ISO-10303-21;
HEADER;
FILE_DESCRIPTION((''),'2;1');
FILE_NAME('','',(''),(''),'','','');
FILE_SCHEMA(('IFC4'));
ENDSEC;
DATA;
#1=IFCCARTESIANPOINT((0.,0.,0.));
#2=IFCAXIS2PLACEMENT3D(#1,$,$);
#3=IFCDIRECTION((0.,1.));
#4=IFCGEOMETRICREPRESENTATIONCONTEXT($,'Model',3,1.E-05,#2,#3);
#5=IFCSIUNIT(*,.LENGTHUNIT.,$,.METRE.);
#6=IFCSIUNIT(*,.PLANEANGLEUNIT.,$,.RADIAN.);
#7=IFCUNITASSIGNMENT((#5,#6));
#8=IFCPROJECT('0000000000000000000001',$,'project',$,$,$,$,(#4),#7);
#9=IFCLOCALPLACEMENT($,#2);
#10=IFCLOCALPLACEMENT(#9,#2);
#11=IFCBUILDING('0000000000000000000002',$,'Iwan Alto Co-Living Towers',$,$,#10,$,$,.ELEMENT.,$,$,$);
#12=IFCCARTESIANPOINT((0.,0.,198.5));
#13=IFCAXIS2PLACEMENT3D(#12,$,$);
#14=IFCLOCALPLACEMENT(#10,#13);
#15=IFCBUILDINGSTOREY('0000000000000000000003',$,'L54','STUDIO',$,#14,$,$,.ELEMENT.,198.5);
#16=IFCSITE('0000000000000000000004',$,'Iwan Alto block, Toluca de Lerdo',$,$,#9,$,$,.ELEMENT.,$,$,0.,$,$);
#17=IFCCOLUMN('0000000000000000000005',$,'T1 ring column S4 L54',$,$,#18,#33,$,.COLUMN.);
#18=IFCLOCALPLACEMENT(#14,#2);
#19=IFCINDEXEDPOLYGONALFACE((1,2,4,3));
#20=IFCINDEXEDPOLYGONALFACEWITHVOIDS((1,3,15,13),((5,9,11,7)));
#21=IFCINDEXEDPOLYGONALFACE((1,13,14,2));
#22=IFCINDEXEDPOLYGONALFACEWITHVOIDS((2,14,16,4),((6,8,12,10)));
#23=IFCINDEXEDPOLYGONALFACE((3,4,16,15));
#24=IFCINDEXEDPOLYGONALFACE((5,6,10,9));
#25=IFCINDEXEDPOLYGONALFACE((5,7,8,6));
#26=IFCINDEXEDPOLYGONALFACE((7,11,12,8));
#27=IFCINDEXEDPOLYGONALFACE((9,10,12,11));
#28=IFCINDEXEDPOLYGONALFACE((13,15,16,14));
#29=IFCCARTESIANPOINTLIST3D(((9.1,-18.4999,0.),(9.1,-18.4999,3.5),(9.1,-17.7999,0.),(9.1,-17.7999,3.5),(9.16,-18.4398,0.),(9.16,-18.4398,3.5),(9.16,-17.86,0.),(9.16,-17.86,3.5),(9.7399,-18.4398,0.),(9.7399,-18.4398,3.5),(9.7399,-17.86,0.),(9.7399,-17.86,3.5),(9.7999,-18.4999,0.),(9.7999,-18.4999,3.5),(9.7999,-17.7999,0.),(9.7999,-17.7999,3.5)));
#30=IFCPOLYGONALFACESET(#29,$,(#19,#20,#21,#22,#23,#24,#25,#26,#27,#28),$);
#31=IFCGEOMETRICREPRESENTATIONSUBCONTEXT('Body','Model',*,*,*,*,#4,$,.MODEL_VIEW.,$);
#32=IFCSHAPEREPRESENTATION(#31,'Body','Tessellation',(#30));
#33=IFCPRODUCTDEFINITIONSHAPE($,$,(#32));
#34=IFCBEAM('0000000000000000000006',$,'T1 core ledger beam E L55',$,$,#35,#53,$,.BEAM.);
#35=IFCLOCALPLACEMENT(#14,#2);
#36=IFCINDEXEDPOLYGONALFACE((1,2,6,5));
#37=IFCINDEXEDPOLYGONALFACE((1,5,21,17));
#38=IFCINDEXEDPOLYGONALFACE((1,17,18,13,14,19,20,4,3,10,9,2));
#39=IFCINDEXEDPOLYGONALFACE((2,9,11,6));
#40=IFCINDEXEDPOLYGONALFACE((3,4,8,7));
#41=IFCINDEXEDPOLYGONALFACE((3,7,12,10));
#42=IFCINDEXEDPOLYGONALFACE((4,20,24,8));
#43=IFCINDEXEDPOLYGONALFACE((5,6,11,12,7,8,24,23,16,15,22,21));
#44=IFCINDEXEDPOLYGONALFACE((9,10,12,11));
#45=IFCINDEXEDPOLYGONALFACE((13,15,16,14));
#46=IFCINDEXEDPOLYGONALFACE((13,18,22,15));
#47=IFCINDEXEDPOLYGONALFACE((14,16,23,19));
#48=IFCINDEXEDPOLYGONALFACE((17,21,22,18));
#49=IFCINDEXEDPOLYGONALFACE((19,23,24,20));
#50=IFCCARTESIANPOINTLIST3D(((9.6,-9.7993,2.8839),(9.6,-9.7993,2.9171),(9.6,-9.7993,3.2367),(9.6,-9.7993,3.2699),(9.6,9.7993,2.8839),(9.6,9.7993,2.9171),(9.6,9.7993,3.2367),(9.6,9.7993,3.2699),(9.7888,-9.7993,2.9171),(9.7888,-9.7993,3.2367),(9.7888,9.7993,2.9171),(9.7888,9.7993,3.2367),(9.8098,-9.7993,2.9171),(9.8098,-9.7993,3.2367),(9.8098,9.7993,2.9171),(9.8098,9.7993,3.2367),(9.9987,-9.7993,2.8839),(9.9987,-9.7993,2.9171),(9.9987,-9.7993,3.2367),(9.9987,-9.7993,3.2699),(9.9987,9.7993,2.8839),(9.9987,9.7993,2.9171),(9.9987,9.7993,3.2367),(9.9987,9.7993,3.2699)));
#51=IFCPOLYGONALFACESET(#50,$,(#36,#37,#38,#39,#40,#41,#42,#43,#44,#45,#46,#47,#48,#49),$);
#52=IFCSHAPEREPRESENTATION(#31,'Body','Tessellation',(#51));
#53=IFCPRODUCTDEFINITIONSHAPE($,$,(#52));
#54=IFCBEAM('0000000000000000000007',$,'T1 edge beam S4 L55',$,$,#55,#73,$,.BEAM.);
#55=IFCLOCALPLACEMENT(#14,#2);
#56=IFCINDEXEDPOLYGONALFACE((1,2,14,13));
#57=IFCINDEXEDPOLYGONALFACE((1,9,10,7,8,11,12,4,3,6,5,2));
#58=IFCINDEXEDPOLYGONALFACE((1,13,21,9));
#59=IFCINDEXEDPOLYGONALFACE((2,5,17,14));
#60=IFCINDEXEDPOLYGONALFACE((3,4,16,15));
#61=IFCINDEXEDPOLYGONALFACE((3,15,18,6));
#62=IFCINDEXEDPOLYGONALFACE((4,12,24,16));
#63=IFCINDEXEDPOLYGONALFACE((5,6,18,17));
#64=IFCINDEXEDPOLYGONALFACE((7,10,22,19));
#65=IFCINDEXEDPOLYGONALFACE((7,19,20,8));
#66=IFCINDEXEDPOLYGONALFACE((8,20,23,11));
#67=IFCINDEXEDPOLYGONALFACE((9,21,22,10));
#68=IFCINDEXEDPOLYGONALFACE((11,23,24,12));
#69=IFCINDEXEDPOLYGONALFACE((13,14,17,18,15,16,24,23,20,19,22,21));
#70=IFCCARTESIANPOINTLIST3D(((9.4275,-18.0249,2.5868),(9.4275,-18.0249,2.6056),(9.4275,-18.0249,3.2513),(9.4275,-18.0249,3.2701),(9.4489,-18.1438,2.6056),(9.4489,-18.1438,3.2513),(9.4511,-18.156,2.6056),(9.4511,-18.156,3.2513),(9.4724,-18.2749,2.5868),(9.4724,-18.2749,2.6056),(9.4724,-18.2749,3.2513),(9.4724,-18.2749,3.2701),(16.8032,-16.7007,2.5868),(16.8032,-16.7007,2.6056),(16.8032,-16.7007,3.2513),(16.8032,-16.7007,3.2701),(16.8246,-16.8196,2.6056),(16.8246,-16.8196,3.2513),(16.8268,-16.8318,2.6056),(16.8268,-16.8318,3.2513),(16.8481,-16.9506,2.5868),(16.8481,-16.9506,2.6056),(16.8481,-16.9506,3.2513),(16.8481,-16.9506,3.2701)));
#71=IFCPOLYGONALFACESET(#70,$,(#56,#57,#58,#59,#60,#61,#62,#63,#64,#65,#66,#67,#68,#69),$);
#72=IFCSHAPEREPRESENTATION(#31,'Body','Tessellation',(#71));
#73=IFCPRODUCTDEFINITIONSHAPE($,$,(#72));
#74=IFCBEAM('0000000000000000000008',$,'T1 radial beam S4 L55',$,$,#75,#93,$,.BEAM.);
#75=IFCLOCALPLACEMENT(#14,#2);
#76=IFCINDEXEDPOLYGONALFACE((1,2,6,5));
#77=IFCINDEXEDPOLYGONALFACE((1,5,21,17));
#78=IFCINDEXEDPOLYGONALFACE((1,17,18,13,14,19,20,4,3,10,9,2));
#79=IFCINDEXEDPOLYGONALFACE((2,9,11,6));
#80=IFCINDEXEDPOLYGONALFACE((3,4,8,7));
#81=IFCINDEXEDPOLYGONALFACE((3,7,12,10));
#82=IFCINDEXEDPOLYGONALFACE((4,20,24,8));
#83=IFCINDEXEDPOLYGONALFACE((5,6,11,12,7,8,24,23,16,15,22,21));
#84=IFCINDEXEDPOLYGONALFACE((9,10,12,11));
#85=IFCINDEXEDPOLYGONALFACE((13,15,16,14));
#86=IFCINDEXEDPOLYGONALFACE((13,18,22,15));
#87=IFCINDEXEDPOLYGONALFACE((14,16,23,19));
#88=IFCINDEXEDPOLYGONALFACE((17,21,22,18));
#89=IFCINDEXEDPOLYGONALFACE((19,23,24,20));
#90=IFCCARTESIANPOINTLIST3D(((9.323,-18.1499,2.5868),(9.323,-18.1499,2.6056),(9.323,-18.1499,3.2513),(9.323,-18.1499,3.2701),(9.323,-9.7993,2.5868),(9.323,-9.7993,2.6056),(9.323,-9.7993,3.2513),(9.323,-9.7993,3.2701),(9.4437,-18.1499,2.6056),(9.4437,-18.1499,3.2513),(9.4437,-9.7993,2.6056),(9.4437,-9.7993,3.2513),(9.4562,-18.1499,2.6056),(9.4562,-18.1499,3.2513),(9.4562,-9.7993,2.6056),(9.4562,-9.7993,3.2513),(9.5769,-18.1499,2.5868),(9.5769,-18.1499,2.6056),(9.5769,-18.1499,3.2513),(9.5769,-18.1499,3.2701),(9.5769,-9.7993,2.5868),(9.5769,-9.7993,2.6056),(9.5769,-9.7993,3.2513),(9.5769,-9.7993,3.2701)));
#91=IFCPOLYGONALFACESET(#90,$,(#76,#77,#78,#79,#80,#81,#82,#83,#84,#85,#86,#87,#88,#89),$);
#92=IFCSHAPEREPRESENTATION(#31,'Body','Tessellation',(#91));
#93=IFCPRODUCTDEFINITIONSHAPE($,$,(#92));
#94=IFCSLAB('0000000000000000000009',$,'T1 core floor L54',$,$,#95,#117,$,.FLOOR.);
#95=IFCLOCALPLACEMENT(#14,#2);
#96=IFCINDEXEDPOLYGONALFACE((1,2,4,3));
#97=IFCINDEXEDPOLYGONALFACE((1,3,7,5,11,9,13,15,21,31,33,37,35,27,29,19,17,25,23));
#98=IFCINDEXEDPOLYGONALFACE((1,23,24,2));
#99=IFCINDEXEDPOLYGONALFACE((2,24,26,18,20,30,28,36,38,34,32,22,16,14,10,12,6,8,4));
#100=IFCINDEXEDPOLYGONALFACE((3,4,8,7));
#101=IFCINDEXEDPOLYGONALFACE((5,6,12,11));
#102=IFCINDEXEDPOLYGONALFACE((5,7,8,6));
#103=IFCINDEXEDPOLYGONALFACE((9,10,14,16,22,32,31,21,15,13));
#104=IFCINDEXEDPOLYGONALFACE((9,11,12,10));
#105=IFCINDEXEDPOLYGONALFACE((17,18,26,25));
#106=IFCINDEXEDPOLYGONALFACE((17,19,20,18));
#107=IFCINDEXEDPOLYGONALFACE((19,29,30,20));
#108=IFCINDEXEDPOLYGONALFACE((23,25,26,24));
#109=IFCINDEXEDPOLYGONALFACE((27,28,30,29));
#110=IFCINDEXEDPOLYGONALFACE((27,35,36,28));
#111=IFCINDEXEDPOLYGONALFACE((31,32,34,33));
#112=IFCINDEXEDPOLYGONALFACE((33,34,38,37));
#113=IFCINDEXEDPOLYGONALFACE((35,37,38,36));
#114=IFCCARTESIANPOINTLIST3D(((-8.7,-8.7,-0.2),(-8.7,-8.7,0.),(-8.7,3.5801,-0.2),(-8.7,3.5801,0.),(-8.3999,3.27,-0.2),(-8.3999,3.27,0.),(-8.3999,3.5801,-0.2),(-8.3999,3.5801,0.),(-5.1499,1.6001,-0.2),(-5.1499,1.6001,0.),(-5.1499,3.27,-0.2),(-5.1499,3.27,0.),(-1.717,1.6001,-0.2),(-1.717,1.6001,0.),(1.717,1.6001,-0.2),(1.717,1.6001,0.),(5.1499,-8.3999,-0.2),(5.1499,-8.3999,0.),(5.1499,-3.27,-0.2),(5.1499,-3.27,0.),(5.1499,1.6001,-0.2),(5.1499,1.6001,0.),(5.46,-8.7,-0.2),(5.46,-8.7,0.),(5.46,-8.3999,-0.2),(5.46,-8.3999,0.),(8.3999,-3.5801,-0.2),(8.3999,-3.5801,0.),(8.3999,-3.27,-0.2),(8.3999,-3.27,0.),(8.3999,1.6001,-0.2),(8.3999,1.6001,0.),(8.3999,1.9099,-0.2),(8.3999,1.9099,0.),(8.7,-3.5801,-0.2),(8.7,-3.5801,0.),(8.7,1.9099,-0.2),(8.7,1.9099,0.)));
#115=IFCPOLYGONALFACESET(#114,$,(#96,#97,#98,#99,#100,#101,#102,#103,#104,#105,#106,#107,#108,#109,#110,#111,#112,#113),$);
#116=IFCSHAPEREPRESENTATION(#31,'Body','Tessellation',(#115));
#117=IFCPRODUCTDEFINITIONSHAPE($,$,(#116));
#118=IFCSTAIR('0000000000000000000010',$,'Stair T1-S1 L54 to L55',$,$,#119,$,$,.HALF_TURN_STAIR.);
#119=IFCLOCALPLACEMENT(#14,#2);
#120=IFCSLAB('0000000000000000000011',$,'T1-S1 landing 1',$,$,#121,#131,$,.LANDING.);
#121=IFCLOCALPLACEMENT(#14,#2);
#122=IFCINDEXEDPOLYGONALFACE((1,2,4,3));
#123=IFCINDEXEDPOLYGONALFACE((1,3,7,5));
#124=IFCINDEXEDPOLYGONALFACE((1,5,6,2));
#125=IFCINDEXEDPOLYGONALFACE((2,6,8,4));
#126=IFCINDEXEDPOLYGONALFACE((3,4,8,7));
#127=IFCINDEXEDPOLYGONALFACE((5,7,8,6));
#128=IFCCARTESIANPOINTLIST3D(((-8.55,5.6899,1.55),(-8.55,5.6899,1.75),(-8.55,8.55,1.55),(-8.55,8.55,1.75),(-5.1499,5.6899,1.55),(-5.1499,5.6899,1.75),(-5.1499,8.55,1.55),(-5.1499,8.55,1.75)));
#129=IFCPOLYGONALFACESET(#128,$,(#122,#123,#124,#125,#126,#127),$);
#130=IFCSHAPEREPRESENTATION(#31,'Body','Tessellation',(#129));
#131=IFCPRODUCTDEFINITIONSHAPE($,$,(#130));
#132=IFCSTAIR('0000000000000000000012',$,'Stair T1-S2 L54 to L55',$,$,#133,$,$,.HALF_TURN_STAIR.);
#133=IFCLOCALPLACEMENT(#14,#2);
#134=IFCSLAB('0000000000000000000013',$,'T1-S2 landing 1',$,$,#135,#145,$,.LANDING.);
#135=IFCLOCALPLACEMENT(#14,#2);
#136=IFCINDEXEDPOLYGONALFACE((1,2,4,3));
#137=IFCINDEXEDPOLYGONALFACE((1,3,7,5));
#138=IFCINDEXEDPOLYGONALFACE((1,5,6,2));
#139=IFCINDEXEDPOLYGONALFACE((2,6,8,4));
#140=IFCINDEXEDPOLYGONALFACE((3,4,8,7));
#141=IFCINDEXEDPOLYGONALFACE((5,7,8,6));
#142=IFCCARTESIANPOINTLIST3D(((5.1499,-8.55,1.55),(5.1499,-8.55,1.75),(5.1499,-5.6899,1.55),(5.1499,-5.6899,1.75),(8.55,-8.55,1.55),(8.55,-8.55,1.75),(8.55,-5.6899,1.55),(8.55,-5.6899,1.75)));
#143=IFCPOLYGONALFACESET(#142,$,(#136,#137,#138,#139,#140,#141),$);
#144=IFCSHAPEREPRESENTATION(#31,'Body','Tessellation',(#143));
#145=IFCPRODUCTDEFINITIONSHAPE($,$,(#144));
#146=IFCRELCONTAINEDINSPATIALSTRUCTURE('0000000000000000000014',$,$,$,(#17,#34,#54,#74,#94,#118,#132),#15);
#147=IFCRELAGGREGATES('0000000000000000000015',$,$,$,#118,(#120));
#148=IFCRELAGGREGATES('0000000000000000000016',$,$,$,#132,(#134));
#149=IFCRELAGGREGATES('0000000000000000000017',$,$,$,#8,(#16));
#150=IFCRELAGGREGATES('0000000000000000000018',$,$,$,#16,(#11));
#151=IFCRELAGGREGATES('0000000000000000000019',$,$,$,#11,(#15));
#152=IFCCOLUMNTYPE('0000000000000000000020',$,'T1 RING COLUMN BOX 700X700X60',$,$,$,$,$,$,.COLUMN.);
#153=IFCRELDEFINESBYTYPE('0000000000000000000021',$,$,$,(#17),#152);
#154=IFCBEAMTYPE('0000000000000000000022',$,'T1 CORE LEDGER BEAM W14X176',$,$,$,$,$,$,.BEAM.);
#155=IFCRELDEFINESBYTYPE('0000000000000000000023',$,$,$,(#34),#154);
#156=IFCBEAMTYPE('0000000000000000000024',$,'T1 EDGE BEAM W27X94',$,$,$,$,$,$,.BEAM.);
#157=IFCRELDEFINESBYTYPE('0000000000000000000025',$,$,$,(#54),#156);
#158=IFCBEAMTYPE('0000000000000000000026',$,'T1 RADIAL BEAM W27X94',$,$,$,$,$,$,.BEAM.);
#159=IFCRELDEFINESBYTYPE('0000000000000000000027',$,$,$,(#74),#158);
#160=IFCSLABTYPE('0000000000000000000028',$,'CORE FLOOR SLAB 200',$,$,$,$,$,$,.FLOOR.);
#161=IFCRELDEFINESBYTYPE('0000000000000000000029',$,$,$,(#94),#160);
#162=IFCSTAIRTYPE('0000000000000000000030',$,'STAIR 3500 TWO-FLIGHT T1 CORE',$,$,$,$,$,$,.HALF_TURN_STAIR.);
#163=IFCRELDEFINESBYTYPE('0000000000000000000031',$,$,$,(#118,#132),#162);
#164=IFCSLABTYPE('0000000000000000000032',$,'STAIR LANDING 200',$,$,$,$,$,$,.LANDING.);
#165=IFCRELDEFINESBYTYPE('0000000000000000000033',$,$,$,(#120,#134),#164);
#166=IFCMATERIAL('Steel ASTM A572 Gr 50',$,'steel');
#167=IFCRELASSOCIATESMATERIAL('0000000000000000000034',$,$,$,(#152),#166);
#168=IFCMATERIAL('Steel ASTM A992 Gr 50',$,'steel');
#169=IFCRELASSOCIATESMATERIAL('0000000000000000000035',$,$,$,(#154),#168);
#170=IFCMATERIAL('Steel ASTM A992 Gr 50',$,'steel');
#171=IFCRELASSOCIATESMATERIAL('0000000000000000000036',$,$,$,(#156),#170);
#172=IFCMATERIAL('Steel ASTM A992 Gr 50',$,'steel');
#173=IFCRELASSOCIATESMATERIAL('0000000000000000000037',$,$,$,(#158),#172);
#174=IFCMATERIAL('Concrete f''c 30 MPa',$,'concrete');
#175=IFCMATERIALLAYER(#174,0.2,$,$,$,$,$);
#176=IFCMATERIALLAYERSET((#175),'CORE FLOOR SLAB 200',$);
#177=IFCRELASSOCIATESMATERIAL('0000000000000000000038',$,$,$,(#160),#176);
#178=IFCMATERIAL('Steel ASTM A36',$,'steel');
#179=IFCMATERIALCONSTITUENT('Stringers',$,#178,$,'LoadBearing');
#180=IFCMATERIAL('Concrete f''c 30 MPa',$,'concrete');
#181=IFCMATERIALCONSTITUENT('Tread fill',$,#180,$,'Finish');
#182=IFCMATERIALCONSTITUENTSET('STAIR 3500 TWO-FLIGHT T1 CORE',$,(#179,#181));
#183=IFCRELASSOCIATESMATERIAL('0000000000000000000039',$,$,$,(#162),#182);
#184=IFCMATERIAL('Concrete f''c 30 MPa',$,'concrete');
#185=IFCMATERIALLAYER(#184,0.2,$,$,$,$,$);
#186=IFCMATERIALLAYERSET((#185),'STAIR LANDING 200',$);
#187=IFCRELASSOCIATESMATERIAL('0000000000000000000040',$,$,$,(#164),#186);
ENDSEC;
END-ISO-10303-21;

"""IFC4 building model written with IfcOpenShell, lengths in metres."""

from ifc_helpers import new_model, si_unit, direction, frame, origin, origin_2d, place, context, subcontext, project, spatial, polyline, hollow_rectangle, i_section, outline, extrude, material, layer, layer_set, constituent, constituent_set, material_profile, profile_set, type_object, element, aggregate, save


model = new_model("IFC4")

# Units and contexts
model_context = context("Model", 3, precision=1e-05, world=origin(), true_north=direction((0.0, 1.0)))
body_context = subcontext(model_context, "Body", "Model", "MODEL_VIEW")
ifc_project = project(units=[si_unit("LENGTHUNIT", "METRE"), si_unit("PLANEANGLEUNIT", "RADIAN")], contexts=[model_context])

# Site, building, storey
site_placement = place(None, origin())
site = spatial("IfcSite", under=ifc_project, at=site_placement, Name="Iwan Alto block, Toluca de Lerdo", CompositionType="ELEMENT", RefElevation=0.0)
building_placement = place(site_placement, origin())
building = spatial("IfcBuilding", under=site, at=building_placement, Name="Iwan Alto Co-Living Towers", CompositionType="ELEMENT")
storey_placement = place(building_placement, frame((0.0, 0.0, 198.5)))
storey = spatial("IfcBuildingStorey", under=building, at=storey_placement, Name="L54", Description="STUDIO", CompositionType="ELEMENT", Elevation=198.5)

# Column
ifc_material_1 = material(Name="Steel ASTM A572 Gr 50", Category="steel")
ifc_material_profile_1 = material_profile(ifc_material_1, hollow_rectangle(XDim=0.7, YDim=0.7, WallThickness=0.0601, at=origin_2d()), Name="BOX 700X700X60")
ifc_profile_set_1 = profile_set([ifc_material_profile_1], Name="Steel ASTM A572 Gr 50")
column_type = type_object("IfcColumnType", Name="T1 RING COLUMN BOX 700X700X60", PredefinedType="COLUMN", material=ifc_profile_set_1)
column_placement = place(storey_placement, frame((9.45, -18.1499, 0.0), z_axis=(0.0, 0.0, 1.0), x_axis=(1.0, 0.0, 0.0)))
element("IfcColumn", 1, at=column_placement, inside=storey, type_object=column_type, Name="T1 ring column S4 L54", PredefinedType="COLUMN", context=body_context, shape_type="SweptSolid", body=[
    extrude(hollow_rectangle(XDim=0.7, YDim=0.7, WallThickness=0.0601, at=origin_2d()), origin(), (0.0, 0.0, 1.0), 3.5),
])

# Beams
ifc_material_2 = material(Name="Steel ASTM A992 Gr 50", Category="steel")
ifc_material_profile_2 = material_profile(ifc_material_2, i_section(OverallWidth=0.3987, OverallDepth=0.386, WebThickness=0.021, FlangeThickness=0.0332, at=origin_2d()), Name="W14X176")
ifc_profile_set_2 = profile_set([ifc_material_profile_2], Name="Steel ASTM A992 Gr 50")
beam_type_1 = type_object("IfcBeamType", Name="T1 CORE LEDGER BEAM W14X176", PredefinedType="BEAM", material=ifc_profile_set_2)
beam_1_placement = place(storey_placement, frame((9.7993, -9.7993, 3.0769), z_axis=(0.0, 1.0, 0.0), x_axis=(-1.0, 0.0, 0.0)))
element("IfcBeam", 2, at=beam_1_placement, inside=storey, type_object=beam_type_1, Name="T1 core ledger beam E L55", PredefinedType="BEAM", context=body_context, shape_type="SweptSolid", body=[
    extrude(i_section(OverallWidth=0.3987, OverallDepth=0.386, WebThickness=0.021, FlangeThickness=0.0332, at=origin_2d()), origin(), (0.0, 0.0, 1.0), 19.5986),
])
ifc_material_3 = material(Name="Steel ASTM A992 Gr 50", Category="steel")
ifc_material_profile_3 = material_profile(ifc_material_3, i_section(OverallWidth=0.2539, OverallDepth=0.6833, WebThickness=0.0125, FlangeThickness=0.0188, at=origin_2d()), Name="W27X94")
ifc_profile_set_3 = profile_set([ifc_material_profile_3], Name="Steel ASTM A992 Gr 50")
beam_type_2 = type_object("IfcBeamType", Name="T1 EDGE BEAM W27X94", PredefinedType="BEAM", material=ifc_profile_set_3)
beam_2_placement = place(storey_placement, frame((9.45, -18.1499, 2.9285), z_axis=(0.984263, 0.176712, 0.0), x_axis=(-0.176712, 0.984263, 0.0)))
element("IfcBeam", 3, at=beam_2_placement, inside=storey, type_object=beam_type_2, Name="T1 edge beam S4 L55", PredefinedType="BEAM", context=body_context, shape_type="SweptSolid", body=[
    extrude(i_section(OverallWidth=0.2539, OverallDepth=0.6833, WebThickness=0.0125, FlangeThickness=0.0188, at=origin_2d()), origin(), (0.0, 0.0, 1.0), 7.4937),
])
ifc_material_4 = material(Name="Steel ASTM A992 Gr 50", Category="steel")
ifc_material_profile_4 = material_profile(ifc_material_4, i_section(OverallWidth=0.2539, OverallDepth=0.6833, WebThickness=0.0125, FlangeThickness=0.0188, at=origin_2d()), Name="W27X94")
ifc_profile_set_4 = profile_set([ifc_material_profile_4], Name="Steel ASTM A992 Gr 50")
beam_type_3 = type_object("IfcBeamType", Name="T1 RADIAL BEAM W27X94", PredefinedType="BEAM", material=ifc_profile_set_4)
beam_3_placement = place(storey_placement, frame((9.45, -18.1499, 2.9285), z_axis=(0.0, 1.0, 0.0), x_axis=(-1.0, 0.0, 0.0)))
element("IfcBeam", 4, at=beam_3_placement, inside=storey, type_object=beam_type_3, Name="T1 radial beam S4 L55", PredefinedType="BEAM", context=body_context, shape_type="SweptSolid", body=[
    extrude(i_section(OverallWidth=0.2539, OverallDepth=0.6833, WebThickness=0.0125, FlangeThickness=0.0188, at=origin_2d()), origin(), (0.0, 0.0, 1.0), 8.3506),
])

# Slab
ifc_material_5 = material(Name="Concrete f'c 30 MPa", Category="concrete")
ifc_layer_1 = layer(ifc_material_5, 0.2)
ifc_layer_set_1 = layer_set([ifc_layer_1], Name="CORE FLOOR SLAB 200")
slab_type_1 = type_object("IfcSlabType", Name="CORE FLOOR SLAB 200", PredefinedType="FLOOR", material=ifc_layer_set_1)
slab_1_placement = place(storey_placement, frame((0.0, 0.0, -0.2)))
element("IfcSlab", 5, at=slab_1_placement, inside=storey, type_object=slab_type_1, Name="T1 core floor L54", PredefinedType="FLOOR", context=body_context, shape_type="SweptSolid", body=[
    extrude(outline(polyline([(5.1499, -8.3999), (5.46, -8.3999), (5.46, -8.7), (-8.7, -8.7), (-8.7, 3.5801), (-8.3999, 3.5801), (-8.3999, 3.27), (-5.1499, 3.27), (-5.1499, 1.6001), (-1.717, 1.6001), (1.717, 1.6001), (5.1499, 1.6001), (8.3999, 1.6001), (8.3999, 1.9099), (8.7, 1.9099), (8.7, -3.5801), (8.3999, -3.5801), (8.3999, -3.27), (5.1499, -3.27), (5.1499, -8.3999)])), origin(), (0.0, 0.0, 1.0), 0.2),
])

# Stairs, slabs
ifc_material_6 = material(Name="Steel ASTM A36", Category="steel")
ifc_constituent_1 = constituent(ifc_material_6, Name="Stringers", Category="LoadBearing")
ifc_material_7 = material(Name="Concrete f'c 30 MPa", Category="concrete")
ifc_constituent_2 = constituent(ifc_material_7, Name="Tread fill", Category="Finish")
ifc_constituent_set_1 = constituent_set(constituents=[ifc_constituent_1, ifc_constituent_2], Name="STAIR 3500 TWO-FLIGHT T1 CORE")
stair_type = type_object("IfcStairType", Name="STAIR 3500 TWO-FLIGHT T1 CORE", PredefinedType="HALF_TURN_STAIR", material=ifc_constituent_set_1)
stair_1_placement = place(storey_placement, origin())
stair_1 = element("IfcStair", 6, at=stair_1_placement, inside=storey, type_object=stair_type, Name="Stair T1-S1 L54 to L55", PredefinedType="HALF_TURN_STAIR")
ifc_material_8 = material(Name="Concrete f'c 30 MPa", Category="concrete")
ifc_layer_2 = layer(ifc_material_8, 0.2)
ifc_layer_set_2 = layer_set([ifc_layer_2], Name="STAIR LANDING 200")
slab_type_2 = type_object("IfcSlabType", Name="STAIR LANDING 200", PredefinedType="LANDING", material=ifc_layer_set_2)
slab_2_placement = place(storey_placement, frame((0.0, 0.0, 1.55)))
slab_2 = element("IfcSlab", 7, at=slab_2_placement, type_object=slab_type_2, Name="T1-S1 landing 1", PredefinedType="LANDING", context=body_context, shape_type="SweptSolid", body=[
    extrude(outline(polyline([(-8.55, 5.6899), (-8.55, 8.55), (-5.1499, 8.55), (-5.1499, 5.6899), (-8.55, 5.6899)])), origin(), (0.0, 0.0, 1.0), 0.2),
])
aggregate(stair_1, [slab_2])
stair_2_placement = place(storey_placement, origin())
stair_2 = element("IfcStair", 8, at=stair_2_placement, inside=storey, type_object=stair_type, Name="Stair T1-S2 L54 to L55", PredefinedType="HALF_TURN_STAIR")
slab_3_placement = place(storey_placement, frame((0.0, 0.0, 1.55)))
slab_3 = element("IfcSlab", 9, at=slab_3_placement, type_object=slab_type_2, Name="T1-S2 landing 1", PredefinedType="LANDING", context=body_context, shape_type="SweptSolid", body=[
    extrude(outline(polyline([(5.1499, -5.6899), (5.1499, -8.55), (8.55, -8.55), (8.55, -5.6899), (5.1499, -5.6899)])), origin(), (0.0, 0.0, 1.0), 0.2),
])

aggregate(stair_2, [slab_3])

save(model, "model.ifc")
